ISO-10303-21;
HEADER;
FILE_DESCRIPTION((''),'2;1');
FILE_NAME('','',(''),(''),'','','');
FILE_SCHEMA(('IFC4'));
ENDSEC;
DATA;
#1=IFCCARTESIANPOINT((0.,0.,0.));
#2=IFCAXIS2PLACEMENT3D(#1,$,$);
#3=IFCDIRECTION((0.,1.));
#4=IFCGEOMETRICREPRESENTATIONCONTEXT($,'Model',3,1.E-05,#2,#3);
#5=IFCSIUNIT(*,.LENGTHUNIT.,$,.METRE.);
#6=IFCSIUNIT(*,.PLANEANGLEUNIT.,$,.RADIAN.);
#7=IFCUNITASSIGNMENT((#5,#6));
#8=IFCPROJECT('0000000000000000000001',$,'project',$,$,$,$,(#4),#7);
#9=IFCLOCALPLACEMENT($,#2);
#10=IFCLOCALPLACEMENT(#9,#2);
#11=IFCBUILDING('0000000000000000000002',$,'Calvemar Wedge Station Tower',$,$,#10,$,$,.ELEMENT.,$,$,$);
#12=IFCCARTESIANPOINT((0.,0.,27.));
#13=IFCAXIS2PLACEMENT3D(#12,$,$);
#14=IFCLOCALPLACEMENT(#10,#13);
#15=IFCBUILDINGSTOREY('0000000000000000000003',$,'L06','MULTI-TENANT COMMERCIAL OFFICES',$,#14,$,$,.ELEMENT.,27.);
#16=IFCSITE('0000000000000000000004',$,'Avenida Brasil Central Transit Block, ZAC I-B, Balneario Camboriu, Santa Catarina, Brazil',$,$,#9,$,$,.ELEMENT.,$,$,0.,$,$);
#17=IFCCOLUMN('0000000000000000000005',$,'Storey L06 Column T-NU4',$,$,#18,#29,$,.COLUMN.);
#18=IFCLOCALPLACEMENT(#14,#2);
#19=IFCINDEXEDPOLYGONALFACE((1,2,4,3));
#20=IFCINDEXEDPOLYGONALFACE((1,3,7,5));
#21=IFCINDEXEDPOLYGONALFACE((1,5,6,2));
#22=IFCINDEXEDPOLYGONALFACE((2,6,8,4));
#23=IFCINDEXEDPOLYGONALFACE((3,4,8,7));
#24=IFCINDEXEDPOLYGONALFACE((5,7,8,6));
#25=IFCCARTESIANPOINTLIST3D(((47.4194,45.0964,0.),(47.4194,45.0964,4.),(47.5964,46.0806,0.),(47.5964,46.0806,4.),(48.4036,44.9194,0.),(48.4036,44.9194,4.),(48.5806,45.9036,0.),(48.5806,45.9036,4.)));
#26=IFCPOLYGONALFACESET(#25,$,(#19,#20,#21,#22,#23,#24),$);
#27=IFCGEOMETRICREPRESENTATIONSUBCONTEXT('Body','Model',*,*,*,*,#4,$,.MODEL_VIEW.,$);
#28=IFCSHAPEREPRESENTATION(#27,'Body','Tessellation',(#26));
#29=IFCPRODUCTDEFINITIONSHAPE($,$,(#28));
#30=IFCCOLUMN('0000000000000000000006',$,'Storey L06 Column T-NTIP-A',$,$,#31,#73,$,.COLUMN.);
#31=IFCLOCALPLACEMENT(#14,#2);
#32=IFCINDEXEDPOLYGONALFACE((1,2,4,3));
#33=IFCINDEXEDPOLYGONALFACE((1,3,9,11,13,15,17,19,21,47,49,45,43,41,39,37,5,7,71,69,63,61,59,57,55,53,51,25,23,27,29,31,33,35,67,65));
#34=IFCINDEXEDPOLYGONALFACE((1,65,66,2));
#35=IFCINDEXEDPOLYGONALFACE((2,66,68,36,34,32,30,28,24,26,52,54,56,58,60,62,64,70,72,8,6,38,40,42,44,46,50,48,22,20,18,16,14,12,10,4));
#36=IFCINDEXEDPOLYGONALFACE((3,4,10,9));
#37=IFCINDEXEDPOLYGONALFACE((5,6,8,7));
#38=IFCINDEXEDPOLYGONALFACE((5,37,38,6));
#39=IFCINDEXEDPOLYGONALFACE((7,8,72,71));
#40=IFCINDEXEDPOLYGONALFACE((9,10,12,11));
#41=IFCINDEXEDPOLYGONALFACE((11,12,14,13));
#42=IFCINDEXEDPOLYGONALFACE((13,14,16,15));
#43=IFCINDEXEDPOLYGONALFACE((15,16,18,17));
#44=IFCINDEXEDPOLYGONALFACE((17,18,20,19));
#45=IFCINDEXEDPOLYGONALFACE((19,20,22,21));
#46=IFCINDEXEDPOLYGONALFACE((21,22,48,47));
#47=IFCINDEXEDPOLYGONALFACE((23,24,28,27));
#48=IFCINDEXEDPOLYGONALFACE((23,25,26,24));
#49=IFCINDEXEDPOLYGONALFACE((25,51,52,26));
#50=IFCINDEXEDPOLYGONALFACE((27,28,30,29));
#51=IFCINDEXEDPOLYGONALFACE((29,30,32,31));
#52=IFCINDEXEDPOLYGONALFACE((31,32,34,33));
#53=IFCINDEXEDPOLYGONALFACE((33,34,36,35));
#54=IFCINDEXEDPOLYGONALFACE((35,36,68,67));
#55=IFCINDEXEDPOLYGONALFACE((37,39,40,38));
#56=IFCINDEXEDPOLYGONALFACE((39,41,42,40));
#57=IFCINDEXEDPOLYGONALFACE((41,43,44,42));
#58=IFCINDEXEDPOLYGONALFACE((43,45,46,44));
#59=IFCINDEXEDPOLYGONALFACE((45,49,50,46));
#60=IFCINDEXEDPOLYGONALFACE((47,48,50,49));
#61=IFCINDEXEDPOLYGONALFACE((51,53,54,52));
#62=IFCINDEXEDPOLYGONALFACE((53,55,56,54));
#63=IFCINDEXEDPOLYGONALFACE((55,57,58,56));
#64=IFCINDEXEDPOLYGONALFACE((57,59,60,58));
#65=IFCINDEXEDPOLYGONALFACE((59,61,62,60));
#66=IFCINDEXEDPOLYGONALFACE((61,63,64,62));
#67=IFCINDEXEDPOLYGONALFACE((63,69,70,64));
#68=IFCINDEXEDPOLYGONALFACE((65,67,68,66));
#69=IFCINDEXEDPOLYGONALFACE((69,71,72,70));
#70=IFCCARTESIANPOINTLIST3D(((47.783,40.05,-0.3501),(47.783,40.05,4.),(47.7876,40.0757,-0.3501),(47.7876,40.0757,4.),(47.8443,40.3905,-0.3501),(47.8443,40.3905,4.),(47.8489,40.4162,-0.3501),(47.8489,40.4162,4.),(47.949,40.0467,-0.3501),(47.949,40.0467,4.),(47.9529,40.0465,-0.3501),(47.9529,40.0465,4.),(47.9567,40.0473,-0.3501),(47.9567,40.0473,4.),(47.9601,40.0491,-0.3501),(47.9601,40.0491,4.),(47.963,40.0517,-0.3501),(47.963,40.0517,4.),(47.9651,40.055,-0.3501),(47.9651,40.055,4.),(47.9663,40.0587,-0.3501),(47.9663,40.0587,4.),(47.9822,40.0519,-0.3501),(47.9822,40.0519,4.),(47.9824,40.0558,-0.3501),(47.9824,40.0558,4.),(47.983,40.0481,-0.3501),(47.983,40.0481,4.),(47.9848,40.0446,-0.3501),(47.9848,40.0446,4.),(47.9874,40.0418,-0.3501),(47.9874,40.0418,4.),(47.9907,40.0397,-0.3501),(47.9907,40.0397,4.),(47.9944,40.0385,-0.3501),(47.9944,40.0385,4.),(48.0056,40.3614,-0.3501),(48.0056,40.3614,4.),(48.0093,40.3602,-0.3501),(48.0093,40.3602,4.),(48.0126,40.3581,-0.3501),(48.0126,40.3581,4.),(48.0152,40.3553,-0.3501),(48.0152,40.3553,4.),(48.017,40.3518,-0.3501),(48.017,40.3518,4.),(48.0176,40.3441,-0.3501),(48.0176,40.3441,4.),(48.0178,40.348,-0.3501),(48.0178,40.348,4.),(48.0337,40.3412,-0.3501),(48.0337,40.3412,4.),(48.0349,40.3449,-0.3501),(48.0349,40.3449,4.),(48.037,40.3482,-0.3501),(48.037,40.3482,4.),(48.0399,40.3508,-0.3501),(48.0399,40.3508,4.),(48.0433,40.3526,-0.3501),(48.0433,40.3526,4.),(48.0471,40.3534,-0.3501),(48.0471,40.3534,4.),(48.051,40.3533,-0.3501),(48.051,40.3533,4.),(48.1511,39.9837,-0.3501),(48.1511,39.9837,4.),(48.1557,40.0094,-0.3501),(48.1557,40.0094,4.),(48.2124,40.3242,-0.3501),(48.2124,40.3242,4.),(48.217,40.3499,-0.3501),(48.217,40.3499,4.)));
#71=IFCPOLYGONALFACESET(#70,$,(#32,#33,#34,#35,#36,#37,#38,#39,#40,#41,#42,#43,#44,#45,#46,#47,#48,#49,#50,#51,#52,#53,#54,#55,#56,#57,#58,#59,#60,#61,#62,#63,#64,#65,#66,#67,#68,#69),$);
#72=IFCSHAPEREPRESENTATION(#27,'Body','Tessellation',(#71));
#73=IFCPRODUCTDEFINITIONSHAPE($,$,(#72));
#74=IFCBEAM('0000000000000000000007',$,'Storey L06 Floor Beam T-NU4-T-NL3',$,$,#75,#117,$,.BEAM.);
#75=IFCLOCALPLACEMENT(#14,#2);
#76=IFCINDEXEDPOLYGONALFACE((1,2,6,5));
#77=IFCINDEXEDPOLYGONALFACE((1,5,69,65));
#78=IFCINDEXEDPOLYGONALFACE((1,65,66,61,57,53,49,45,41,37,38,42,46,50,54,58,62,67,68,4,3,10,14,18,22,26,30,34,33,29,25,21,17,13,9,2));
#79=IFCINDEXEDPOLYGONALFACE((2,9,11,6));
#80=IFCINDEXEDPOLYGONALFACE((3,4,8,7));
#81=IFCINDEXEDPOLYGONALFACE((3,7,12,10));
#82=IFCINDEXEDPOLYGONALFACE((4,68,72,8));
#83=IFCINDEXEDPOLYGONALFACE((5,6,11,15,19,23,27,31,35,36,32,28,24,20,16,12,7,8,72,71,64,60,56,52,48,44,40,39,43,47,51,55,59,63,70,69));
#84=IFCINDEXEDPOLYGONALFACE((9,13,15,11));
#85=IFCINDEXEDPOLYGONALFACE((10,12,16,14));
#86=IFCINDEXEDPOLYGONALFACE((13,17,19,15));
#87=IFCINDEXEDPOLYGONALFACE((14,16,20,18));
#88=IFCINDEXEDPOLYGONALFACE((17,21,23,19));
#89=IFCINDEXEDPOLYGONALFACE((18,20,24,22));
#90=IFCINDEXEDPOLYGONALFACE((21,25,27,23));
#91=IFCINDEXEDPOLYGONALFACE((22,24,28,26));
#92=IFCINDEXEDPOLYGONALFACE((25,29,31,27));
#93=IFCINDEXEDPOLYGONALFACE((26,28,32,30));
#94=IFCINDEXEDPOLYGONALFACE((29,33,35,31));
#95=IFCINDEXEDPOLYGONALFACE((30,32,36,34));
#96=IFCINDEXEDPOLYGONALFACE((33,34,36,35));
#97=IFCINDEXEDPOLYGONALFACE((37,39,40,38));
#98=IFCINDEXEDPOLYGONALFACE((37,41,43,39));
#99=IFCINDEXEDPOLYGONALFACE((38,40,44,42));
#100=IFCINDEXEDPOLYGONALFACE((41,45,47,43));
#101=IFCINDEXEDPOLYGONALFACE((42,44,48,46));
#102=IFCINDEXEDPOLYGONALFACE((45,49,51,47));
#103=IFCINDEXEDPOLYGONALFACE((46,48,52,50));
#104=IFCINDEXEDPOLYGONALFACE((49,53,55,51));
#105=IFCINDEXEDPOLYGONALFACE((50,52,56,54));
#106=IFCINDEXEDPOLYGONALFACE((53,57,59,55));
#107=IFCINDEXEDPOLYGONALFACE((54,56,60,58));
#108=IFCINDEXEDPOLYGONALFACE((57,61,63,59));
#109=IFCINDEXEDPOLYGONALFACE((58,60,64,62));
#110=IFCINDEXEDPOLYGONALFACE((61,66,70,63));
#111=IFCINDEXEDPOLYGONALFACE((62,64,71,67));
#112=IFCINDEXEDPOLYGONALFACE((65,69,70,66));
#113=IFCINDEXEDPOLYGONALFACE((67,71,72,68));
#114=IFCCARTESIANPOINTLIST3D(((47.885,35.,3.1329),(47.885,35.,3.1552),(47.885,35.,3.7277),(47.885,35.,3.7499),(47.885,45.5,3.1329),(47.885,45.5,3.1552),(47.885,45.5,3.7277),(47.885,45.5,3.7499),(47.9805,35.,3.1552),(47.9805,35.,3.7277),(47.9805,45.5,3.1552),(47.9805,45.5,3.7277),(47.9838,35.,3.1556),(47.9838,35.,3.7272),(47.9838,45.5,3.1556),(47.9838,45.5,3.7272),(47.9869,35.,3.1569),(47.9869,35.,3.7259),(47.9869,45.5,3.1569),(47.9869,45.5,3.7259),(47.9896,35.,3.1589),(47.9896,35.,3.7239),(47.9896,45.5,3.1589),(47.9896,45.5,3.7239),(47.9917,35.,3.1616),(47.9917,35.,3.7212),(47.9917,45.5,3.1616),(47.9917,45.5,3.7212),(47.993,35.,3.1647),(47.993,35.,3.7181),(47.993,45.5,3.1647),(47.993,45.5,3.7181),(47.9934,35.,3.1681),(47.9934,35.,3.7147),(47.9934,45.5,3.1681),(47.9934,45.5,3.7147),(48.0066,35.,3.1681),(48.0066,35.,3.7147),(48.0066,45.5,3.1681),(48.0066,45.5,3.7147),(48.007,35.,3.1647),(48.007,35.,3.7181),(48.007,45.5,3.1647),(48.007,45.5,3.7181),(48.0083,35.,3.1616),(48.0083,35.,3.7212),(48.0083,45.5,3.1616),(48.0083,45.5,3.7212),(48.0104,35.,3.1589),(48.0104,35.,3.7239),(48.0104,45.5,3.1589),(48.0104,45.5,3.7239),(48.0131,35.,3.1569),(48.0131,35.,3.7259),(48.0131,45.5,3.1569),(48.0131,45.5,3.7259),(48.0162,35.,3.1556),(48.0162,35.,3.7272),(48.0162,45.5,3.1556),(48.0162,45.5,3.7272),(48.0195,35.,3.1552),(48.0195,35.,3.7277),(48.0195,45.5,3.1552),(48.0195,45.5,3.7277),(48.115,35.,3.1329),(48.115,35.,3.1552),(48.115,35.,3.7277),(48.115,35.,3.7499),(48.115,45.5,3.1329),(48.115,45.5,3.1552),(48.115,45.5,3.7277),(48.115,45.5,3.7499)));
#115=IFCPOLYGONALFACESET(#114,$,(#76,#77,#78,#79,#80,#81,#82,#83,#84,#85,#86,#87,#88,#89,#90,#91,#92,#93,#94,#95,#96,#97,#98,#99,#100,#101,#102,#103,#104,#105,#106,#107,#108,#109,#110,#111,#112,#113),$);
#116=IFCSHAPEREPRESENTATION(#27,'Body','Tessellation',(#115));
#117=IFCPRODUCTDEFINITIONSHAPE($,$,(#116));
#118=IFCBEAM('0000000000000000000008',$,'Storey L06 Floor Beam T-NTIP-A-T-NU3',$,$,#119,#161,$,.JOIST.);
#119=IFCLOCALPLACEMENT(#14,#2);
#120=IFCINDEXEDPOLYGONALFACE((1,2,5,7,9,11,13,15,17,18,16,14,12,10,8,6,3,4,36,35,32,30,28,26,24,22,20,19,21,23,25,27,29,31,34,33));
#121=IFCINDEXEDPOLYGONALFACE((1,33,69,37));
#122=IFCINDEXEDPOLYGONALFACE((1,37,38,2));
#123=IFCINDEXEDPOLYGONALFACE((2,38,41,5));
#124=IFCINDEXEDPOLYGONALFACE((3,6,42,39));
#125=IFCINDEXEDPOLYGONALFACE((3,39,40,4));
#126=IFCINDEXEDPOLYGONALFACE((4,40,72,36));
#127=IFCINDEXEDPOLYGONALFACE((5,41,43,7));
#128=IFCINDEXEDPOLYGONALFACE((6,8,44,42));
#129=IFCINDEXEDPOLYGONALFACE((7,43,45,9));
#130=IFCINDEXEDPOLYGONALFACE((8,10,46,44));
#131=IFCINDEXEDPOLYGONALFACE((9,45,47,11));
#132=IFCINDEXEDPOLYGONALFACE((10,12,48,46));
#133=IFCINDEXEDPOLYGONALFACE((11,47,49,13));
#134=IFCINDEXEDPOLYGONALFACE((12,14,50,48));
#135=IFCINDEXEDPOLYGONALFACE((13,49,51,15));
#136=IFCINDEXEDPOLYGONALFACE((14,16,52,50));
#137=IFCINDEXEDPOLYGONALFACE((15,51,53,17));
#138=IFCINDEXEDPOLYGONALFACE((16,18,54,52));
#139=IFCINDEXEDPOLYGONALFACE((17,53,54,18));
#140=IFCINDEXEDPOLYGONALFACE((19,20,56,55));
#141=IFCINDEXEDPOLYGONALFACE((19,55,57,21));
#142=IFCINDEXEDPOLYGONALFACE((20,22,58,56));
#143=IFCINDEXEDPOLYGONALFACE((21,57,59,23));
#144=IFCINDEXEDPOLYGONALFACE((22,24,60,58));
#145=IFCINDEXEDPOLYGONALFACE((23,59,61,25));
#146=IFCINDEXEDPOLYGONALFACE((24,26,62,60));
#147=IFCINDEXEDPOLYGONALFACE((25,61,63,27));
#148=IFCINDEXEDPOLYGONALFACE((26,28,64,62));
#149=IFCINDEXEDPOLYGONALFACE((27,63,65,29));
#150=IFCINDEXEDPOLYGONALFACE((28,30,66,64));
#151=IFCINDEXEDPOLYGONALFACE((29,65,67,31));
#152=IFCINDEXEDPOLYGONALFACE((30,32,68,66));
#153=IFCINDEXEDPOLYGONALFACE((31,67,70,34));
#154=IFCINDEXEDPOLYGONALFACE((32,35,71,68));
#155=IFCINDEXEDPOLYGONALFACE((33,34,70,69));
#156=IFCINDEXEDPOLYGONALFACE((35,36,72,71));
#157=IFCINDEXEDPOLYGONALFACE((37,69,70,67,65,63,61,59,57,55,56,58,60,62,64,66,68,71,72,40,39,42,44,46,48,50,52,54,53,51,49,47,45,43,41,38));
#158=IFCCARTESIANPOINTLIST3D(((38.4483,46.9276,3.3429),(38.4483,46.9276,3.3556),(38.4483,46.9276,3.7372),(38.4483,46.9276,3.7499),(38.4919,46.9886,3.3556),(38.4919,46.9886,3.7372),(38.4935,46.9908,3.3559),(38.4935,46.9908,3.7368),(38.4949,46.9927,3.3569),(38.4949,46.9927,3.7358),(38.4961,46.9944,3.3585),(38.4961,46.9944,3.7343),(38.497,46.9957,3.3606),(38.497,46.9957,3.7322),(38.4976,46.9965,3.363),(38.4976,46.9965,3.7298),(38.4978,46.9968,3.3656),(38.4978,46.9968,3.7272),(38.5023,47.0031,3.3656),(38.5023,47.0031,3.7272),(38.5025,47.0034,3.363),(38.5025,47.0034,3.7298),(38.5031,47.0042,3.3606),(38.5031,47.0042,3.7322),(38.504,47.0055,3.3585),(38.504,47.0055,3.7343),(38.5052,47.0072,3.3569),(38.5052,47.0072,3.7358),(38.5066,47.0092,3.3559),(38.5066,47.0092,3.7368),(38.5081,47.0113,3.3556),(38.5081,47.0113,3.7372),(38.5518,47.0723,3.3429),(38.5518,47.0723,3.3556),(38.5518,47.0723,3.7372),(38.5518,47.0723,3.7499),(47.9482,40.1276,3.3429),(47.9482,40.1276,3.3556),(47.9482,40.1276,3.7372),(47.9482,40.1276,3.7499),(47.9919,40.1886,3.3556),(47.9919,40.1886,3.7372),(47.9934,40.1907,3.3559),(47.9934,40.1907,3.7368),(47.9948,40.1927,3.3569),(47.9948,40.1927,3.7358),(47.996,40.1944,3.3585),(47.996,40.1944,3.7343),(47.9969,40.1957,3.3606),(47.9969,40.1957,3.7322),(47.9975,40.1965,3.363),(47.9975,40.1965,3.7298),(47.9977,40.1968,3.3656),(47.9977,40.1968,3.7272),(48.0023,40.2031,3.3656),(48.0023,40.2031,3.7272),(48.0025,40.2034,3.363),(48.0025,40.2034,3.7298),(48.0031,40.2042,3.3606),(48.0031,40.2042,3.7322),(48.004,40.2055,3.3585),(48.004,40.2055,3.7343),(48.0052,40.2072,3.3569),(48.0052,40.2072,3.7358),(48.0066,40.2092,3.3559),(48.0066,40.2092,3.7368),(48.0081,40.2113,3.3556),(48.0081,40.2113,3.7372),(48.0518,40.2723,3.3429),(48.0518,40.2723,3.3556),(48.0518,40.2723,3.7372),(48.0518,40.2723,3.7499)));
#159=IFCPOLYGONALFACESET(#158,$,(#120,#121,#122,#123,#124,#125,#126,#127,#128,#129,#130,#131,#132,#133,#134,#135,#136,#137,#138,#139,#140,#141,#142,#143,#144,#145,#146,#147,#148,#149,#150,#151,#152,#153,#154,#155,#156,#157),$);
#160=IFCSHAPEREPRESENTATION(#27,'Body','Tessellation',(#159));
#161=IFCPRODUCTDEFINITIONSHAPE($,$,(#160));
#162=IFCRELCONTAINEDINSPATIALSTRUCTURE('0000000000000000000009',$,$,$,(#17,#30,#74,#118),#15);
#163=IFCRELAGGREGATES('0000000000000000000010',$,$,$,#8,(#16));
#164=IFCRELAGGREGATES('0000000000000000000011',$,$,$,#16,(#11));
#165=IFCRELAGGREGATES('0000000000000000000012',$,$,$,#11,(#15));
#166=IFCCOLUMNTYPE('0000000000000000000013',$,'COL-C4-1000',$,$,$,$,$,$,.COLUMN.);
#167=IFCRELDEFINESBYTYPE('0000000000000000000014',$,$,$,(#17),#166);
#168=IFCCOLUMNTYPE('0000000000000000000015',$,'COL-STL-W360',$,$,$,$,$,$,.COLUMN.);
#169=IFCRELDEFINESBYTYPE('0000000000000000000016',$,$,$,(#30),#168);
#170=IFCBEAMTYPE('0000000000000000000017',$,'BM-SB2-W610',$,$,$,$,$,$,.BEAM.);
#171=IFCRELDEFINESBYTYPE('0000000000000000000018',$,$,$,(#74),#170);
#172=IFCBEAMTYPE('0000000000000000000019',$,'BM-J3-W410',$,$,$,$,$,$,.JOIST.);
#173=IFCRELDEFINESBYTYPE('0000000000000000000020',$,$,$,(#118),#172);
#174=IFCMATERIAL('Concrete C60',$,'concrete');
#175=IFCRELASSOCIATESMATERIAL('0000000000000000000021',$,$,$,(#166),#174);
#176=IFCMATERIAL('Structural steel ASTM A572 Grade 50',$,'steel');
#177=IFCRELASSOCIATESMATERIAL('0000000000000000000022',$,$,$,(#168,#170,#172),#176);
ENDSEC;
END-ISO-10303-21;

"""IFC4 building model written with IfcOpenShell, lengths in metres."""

from ifc_helpers import new_model, si_unit, direction, frame, origin, origin_2d, place, context, subcontext, project, spatial, rectangle, i_section, extrude, source, transform, mapped, material, material_profile, profile_set, type_object, element, save


model = new_model("IFC4")

# Units and contexts
model_context = context("Model", 3, precision=1e-05, world=origin(), true_north=direction((0.0, 1.0)))
body_context = subcontext(model_context, "Body", "Model", "MODEL_VIEW")
ifc_project = project(units=[si_unit("LENGTHUNIT", "METRE"), si_unit("PLANEANGLEUNIT", "RADIAN")], contexts=[model_context])

# Site, building, storey
site_placement = place(None, origin())
site = spatial("IfcSite", under=ifc_project, at=site_placement, Name="Avenida Brasil Central Transit Block, ZAC I-B, Balneario Camboriu, Santa Catarina, Brazil", CompositionType="ELEMENT", RefElevation=0.0)
building_placement = place(site_placement, origin())
building = spatial("IfcBuilding", under=site, at=building_placement, Name="Calvemar Wedge Station Tower", CompositionType="ELEMENT")
storey_placement = place(building_placement, frame((0.0, 0.0, 27.0)))
storey = spatial("IfcBuildingStorey", under=building, at=storey_placement, Name="L06", Description="MULTI-TENANT COMMERCIAL OFFICES", CompositionType="ELEMENT", Elevation=27.0)

# Columns
ifc_material_1 = material(Name="Concrete C60", Category="concrete")
ifc_material_profile_1 = material_profile(ifc_material_1, rectangle(XDim=1.0, YDim=1.0, at=origin_2d()), Name="RC1000x1000")
ifc_profile_set_1 = profile_set([ifc_material_profile_1], Name="Concrete C60")
column_type_1 = type_object("IfcColumnType", Name="COL-C4-1000", PredefinedType="COLUMN", material=ifc_profile_set_1)
shared_shape_1 = source(origin(), body_context, "Body", "SweptSolid", [
    extrude(rectangle(XDim=1.0, YDim=1.0, at=origin_2d()), origin(), (0.0, 0.0, 1.0), 4.0),
])
column_1_placement = place(storey_placement, frame((48.0, 45.5, 0.0), z_axis=(0.0, 0.0, 1.0), x_axis=(0.984196, -0.177085, 0.0)))
element("IfcColumn", 1, at=column_1_placement, inside=storey, type_object=column_type_1, Name="Storey L06 Column T-NU4", PredefinedType="COLUMN", context=body_context, shape_type="MappedRepresentation", body=[
    mapped(shared_shape_1, transform((0.0, 0.0, 0.0), scale=1.0)),
])
ifc_material_2 = material(Name="Structural steel ASTM A572 Grade 50", Category="steel")
ifc_material_profile_2 = material_profile(ifc_material_2, i_section(OverallWidth=0.374, OverallDepth=0.3721, WebThickness=0.0164, FlangeThickness=0.0261, FilletRadius=0.0149, at=origin_2d()), Name="W360x196")
ifc_profile_set_2 = profile_set([ifc_material_profile_2], Name="Structural steel ASTM A572 Grade 50")
column_type_2 = type_object("IfcColumnType", Name="COL-STL-W360", PredefinedType="COLUMN", material=ifc_profile_set_2)
shared_shape_2 = source(origin(), body_context, "Body", "SweptSolid", [
    extrude(i_section(OverallWidth=0.374, OverallDepth=0.3721, WebThickness=0.0164, FlangeThickness=0.0261, FilletRadius=0.0149, at=origin_2d()), origin(), (0.0, 0.0, 1.0), 4.3501),
])
column_2_placement = place(storey_placement, frame((48.0, 40.2, -0.3501), z_axis=(0.0, 0.0, 1.0), x_axis=(0.984196, -0.177085, 0.0)))
element("IfcColumn", 2, at=column_2_placement, inside=storey, type_object=column_type_2, Name="Storey L06 Column T-NTIP-A", PredefinedType="COLUMN", context=body_context, shape_type="MappedRepresentation", body=[
    mapped(shared_shape_2, transform((0.0, 0.0, 0.0), scale=1.0)),
])

# Beams
ifc_material_profile_3 = material_profile(ifc_material_2, i_section(OverallWidth=0.23, OverallDepth=0.6169, WebThickness=0.0132, FlangeThickness=0.0222, FilletRadius=0.0129, at=origin_2d()), Name="W610x140")
ifc_profile_set_3 = profile_set([ifc_material_profile_3], Name="Structural steel ASTM A572 Grade 50")
beam_type_1 = type_object("IfcBeamType", Name="BM-SB2-W610", PredefinedType="BEAM", material=ifc_profile_set_3)
shared_shape_3 = source(origin(), body_context, "Body", "SweptSolid", [
    extrude(i_section(OverallWidth=0.23, OverallDepth=0.6169, WebThickness=0.0132, FlangeThickness=0.0222, FilletRadius=0.0129, at=origin_2d()), origin(), (0.0, 0.0, 1.0), 10.5),
])
beam_1_placement = place(storey_placement, frame((48.0, 45.5, 3.4414), z_axis=(0.0, -1.0, 0.0), x_axis=(1.0, 0.0, 0.0)))
element("IfcBeam", 3, at=beam_1_placement, inside=storey, type_object=beam_type_1, Name="Storey L06 Floor Beam T-NU4-T-NL3", PredefinedType="BEAM", context=body_context, shape_type="MappedRepresentation", body=[
    mapped(shared_shape_3, transform((0.0, 0.0, 0.0), scale=1.0)),
])
ifc_material_profile_4 = material_profile(ifc_material_2, i_section(OverallWidth=0.178, OverallDepth=0.407, WebThickness=0.0078, FlangeThickness=0.0127, FilletRadius=0.01, at=origin_2d()), Name="W410x60")
ifc_profile_set_4 = profile_set([ifc_material_profile_4], Name="Structural steel ASTM A572 Grade 50")
beam_type_2 = type_object("IfcBeamType", Name="BM-J3-W410", PredefinedType="JOIST", material=ifc_profile_set_4)
shared_shape_4 = source(origin(), body_context, "Body", "SweptSolid", [
    extrude(i_section(OverallWidth=0.178, OverallDepth=0.407, WebThickness=0.0078, FlangeThickness=0.0127, FilletRadius=0.01, at=origin_2d()), origin(), (0.0, 0.0, 1.0), 11.6829),
])
beam_2_placement = place(storey_placement, frame((48.0, 40.2, 3.5464), z_axis=(-0.813153, 0.58205, 0.0), x_axis=(-0.58205, -0.813153, 0.0)))
element("IfcBeam", 4, at=beam_2_placement, inside=storey, type_object=beam_type_2, Name="Storey L06 Floor Beam T-NTIP-A-T-NU3", PredefinedType="JOIST", context=body_context, shape_type="MappedRepresentation", body=[
    mapped(shared_shape_4, transform((0.0, 0.0, 0.0), scale=1.0)),
])

save(model, "model.ifc")
